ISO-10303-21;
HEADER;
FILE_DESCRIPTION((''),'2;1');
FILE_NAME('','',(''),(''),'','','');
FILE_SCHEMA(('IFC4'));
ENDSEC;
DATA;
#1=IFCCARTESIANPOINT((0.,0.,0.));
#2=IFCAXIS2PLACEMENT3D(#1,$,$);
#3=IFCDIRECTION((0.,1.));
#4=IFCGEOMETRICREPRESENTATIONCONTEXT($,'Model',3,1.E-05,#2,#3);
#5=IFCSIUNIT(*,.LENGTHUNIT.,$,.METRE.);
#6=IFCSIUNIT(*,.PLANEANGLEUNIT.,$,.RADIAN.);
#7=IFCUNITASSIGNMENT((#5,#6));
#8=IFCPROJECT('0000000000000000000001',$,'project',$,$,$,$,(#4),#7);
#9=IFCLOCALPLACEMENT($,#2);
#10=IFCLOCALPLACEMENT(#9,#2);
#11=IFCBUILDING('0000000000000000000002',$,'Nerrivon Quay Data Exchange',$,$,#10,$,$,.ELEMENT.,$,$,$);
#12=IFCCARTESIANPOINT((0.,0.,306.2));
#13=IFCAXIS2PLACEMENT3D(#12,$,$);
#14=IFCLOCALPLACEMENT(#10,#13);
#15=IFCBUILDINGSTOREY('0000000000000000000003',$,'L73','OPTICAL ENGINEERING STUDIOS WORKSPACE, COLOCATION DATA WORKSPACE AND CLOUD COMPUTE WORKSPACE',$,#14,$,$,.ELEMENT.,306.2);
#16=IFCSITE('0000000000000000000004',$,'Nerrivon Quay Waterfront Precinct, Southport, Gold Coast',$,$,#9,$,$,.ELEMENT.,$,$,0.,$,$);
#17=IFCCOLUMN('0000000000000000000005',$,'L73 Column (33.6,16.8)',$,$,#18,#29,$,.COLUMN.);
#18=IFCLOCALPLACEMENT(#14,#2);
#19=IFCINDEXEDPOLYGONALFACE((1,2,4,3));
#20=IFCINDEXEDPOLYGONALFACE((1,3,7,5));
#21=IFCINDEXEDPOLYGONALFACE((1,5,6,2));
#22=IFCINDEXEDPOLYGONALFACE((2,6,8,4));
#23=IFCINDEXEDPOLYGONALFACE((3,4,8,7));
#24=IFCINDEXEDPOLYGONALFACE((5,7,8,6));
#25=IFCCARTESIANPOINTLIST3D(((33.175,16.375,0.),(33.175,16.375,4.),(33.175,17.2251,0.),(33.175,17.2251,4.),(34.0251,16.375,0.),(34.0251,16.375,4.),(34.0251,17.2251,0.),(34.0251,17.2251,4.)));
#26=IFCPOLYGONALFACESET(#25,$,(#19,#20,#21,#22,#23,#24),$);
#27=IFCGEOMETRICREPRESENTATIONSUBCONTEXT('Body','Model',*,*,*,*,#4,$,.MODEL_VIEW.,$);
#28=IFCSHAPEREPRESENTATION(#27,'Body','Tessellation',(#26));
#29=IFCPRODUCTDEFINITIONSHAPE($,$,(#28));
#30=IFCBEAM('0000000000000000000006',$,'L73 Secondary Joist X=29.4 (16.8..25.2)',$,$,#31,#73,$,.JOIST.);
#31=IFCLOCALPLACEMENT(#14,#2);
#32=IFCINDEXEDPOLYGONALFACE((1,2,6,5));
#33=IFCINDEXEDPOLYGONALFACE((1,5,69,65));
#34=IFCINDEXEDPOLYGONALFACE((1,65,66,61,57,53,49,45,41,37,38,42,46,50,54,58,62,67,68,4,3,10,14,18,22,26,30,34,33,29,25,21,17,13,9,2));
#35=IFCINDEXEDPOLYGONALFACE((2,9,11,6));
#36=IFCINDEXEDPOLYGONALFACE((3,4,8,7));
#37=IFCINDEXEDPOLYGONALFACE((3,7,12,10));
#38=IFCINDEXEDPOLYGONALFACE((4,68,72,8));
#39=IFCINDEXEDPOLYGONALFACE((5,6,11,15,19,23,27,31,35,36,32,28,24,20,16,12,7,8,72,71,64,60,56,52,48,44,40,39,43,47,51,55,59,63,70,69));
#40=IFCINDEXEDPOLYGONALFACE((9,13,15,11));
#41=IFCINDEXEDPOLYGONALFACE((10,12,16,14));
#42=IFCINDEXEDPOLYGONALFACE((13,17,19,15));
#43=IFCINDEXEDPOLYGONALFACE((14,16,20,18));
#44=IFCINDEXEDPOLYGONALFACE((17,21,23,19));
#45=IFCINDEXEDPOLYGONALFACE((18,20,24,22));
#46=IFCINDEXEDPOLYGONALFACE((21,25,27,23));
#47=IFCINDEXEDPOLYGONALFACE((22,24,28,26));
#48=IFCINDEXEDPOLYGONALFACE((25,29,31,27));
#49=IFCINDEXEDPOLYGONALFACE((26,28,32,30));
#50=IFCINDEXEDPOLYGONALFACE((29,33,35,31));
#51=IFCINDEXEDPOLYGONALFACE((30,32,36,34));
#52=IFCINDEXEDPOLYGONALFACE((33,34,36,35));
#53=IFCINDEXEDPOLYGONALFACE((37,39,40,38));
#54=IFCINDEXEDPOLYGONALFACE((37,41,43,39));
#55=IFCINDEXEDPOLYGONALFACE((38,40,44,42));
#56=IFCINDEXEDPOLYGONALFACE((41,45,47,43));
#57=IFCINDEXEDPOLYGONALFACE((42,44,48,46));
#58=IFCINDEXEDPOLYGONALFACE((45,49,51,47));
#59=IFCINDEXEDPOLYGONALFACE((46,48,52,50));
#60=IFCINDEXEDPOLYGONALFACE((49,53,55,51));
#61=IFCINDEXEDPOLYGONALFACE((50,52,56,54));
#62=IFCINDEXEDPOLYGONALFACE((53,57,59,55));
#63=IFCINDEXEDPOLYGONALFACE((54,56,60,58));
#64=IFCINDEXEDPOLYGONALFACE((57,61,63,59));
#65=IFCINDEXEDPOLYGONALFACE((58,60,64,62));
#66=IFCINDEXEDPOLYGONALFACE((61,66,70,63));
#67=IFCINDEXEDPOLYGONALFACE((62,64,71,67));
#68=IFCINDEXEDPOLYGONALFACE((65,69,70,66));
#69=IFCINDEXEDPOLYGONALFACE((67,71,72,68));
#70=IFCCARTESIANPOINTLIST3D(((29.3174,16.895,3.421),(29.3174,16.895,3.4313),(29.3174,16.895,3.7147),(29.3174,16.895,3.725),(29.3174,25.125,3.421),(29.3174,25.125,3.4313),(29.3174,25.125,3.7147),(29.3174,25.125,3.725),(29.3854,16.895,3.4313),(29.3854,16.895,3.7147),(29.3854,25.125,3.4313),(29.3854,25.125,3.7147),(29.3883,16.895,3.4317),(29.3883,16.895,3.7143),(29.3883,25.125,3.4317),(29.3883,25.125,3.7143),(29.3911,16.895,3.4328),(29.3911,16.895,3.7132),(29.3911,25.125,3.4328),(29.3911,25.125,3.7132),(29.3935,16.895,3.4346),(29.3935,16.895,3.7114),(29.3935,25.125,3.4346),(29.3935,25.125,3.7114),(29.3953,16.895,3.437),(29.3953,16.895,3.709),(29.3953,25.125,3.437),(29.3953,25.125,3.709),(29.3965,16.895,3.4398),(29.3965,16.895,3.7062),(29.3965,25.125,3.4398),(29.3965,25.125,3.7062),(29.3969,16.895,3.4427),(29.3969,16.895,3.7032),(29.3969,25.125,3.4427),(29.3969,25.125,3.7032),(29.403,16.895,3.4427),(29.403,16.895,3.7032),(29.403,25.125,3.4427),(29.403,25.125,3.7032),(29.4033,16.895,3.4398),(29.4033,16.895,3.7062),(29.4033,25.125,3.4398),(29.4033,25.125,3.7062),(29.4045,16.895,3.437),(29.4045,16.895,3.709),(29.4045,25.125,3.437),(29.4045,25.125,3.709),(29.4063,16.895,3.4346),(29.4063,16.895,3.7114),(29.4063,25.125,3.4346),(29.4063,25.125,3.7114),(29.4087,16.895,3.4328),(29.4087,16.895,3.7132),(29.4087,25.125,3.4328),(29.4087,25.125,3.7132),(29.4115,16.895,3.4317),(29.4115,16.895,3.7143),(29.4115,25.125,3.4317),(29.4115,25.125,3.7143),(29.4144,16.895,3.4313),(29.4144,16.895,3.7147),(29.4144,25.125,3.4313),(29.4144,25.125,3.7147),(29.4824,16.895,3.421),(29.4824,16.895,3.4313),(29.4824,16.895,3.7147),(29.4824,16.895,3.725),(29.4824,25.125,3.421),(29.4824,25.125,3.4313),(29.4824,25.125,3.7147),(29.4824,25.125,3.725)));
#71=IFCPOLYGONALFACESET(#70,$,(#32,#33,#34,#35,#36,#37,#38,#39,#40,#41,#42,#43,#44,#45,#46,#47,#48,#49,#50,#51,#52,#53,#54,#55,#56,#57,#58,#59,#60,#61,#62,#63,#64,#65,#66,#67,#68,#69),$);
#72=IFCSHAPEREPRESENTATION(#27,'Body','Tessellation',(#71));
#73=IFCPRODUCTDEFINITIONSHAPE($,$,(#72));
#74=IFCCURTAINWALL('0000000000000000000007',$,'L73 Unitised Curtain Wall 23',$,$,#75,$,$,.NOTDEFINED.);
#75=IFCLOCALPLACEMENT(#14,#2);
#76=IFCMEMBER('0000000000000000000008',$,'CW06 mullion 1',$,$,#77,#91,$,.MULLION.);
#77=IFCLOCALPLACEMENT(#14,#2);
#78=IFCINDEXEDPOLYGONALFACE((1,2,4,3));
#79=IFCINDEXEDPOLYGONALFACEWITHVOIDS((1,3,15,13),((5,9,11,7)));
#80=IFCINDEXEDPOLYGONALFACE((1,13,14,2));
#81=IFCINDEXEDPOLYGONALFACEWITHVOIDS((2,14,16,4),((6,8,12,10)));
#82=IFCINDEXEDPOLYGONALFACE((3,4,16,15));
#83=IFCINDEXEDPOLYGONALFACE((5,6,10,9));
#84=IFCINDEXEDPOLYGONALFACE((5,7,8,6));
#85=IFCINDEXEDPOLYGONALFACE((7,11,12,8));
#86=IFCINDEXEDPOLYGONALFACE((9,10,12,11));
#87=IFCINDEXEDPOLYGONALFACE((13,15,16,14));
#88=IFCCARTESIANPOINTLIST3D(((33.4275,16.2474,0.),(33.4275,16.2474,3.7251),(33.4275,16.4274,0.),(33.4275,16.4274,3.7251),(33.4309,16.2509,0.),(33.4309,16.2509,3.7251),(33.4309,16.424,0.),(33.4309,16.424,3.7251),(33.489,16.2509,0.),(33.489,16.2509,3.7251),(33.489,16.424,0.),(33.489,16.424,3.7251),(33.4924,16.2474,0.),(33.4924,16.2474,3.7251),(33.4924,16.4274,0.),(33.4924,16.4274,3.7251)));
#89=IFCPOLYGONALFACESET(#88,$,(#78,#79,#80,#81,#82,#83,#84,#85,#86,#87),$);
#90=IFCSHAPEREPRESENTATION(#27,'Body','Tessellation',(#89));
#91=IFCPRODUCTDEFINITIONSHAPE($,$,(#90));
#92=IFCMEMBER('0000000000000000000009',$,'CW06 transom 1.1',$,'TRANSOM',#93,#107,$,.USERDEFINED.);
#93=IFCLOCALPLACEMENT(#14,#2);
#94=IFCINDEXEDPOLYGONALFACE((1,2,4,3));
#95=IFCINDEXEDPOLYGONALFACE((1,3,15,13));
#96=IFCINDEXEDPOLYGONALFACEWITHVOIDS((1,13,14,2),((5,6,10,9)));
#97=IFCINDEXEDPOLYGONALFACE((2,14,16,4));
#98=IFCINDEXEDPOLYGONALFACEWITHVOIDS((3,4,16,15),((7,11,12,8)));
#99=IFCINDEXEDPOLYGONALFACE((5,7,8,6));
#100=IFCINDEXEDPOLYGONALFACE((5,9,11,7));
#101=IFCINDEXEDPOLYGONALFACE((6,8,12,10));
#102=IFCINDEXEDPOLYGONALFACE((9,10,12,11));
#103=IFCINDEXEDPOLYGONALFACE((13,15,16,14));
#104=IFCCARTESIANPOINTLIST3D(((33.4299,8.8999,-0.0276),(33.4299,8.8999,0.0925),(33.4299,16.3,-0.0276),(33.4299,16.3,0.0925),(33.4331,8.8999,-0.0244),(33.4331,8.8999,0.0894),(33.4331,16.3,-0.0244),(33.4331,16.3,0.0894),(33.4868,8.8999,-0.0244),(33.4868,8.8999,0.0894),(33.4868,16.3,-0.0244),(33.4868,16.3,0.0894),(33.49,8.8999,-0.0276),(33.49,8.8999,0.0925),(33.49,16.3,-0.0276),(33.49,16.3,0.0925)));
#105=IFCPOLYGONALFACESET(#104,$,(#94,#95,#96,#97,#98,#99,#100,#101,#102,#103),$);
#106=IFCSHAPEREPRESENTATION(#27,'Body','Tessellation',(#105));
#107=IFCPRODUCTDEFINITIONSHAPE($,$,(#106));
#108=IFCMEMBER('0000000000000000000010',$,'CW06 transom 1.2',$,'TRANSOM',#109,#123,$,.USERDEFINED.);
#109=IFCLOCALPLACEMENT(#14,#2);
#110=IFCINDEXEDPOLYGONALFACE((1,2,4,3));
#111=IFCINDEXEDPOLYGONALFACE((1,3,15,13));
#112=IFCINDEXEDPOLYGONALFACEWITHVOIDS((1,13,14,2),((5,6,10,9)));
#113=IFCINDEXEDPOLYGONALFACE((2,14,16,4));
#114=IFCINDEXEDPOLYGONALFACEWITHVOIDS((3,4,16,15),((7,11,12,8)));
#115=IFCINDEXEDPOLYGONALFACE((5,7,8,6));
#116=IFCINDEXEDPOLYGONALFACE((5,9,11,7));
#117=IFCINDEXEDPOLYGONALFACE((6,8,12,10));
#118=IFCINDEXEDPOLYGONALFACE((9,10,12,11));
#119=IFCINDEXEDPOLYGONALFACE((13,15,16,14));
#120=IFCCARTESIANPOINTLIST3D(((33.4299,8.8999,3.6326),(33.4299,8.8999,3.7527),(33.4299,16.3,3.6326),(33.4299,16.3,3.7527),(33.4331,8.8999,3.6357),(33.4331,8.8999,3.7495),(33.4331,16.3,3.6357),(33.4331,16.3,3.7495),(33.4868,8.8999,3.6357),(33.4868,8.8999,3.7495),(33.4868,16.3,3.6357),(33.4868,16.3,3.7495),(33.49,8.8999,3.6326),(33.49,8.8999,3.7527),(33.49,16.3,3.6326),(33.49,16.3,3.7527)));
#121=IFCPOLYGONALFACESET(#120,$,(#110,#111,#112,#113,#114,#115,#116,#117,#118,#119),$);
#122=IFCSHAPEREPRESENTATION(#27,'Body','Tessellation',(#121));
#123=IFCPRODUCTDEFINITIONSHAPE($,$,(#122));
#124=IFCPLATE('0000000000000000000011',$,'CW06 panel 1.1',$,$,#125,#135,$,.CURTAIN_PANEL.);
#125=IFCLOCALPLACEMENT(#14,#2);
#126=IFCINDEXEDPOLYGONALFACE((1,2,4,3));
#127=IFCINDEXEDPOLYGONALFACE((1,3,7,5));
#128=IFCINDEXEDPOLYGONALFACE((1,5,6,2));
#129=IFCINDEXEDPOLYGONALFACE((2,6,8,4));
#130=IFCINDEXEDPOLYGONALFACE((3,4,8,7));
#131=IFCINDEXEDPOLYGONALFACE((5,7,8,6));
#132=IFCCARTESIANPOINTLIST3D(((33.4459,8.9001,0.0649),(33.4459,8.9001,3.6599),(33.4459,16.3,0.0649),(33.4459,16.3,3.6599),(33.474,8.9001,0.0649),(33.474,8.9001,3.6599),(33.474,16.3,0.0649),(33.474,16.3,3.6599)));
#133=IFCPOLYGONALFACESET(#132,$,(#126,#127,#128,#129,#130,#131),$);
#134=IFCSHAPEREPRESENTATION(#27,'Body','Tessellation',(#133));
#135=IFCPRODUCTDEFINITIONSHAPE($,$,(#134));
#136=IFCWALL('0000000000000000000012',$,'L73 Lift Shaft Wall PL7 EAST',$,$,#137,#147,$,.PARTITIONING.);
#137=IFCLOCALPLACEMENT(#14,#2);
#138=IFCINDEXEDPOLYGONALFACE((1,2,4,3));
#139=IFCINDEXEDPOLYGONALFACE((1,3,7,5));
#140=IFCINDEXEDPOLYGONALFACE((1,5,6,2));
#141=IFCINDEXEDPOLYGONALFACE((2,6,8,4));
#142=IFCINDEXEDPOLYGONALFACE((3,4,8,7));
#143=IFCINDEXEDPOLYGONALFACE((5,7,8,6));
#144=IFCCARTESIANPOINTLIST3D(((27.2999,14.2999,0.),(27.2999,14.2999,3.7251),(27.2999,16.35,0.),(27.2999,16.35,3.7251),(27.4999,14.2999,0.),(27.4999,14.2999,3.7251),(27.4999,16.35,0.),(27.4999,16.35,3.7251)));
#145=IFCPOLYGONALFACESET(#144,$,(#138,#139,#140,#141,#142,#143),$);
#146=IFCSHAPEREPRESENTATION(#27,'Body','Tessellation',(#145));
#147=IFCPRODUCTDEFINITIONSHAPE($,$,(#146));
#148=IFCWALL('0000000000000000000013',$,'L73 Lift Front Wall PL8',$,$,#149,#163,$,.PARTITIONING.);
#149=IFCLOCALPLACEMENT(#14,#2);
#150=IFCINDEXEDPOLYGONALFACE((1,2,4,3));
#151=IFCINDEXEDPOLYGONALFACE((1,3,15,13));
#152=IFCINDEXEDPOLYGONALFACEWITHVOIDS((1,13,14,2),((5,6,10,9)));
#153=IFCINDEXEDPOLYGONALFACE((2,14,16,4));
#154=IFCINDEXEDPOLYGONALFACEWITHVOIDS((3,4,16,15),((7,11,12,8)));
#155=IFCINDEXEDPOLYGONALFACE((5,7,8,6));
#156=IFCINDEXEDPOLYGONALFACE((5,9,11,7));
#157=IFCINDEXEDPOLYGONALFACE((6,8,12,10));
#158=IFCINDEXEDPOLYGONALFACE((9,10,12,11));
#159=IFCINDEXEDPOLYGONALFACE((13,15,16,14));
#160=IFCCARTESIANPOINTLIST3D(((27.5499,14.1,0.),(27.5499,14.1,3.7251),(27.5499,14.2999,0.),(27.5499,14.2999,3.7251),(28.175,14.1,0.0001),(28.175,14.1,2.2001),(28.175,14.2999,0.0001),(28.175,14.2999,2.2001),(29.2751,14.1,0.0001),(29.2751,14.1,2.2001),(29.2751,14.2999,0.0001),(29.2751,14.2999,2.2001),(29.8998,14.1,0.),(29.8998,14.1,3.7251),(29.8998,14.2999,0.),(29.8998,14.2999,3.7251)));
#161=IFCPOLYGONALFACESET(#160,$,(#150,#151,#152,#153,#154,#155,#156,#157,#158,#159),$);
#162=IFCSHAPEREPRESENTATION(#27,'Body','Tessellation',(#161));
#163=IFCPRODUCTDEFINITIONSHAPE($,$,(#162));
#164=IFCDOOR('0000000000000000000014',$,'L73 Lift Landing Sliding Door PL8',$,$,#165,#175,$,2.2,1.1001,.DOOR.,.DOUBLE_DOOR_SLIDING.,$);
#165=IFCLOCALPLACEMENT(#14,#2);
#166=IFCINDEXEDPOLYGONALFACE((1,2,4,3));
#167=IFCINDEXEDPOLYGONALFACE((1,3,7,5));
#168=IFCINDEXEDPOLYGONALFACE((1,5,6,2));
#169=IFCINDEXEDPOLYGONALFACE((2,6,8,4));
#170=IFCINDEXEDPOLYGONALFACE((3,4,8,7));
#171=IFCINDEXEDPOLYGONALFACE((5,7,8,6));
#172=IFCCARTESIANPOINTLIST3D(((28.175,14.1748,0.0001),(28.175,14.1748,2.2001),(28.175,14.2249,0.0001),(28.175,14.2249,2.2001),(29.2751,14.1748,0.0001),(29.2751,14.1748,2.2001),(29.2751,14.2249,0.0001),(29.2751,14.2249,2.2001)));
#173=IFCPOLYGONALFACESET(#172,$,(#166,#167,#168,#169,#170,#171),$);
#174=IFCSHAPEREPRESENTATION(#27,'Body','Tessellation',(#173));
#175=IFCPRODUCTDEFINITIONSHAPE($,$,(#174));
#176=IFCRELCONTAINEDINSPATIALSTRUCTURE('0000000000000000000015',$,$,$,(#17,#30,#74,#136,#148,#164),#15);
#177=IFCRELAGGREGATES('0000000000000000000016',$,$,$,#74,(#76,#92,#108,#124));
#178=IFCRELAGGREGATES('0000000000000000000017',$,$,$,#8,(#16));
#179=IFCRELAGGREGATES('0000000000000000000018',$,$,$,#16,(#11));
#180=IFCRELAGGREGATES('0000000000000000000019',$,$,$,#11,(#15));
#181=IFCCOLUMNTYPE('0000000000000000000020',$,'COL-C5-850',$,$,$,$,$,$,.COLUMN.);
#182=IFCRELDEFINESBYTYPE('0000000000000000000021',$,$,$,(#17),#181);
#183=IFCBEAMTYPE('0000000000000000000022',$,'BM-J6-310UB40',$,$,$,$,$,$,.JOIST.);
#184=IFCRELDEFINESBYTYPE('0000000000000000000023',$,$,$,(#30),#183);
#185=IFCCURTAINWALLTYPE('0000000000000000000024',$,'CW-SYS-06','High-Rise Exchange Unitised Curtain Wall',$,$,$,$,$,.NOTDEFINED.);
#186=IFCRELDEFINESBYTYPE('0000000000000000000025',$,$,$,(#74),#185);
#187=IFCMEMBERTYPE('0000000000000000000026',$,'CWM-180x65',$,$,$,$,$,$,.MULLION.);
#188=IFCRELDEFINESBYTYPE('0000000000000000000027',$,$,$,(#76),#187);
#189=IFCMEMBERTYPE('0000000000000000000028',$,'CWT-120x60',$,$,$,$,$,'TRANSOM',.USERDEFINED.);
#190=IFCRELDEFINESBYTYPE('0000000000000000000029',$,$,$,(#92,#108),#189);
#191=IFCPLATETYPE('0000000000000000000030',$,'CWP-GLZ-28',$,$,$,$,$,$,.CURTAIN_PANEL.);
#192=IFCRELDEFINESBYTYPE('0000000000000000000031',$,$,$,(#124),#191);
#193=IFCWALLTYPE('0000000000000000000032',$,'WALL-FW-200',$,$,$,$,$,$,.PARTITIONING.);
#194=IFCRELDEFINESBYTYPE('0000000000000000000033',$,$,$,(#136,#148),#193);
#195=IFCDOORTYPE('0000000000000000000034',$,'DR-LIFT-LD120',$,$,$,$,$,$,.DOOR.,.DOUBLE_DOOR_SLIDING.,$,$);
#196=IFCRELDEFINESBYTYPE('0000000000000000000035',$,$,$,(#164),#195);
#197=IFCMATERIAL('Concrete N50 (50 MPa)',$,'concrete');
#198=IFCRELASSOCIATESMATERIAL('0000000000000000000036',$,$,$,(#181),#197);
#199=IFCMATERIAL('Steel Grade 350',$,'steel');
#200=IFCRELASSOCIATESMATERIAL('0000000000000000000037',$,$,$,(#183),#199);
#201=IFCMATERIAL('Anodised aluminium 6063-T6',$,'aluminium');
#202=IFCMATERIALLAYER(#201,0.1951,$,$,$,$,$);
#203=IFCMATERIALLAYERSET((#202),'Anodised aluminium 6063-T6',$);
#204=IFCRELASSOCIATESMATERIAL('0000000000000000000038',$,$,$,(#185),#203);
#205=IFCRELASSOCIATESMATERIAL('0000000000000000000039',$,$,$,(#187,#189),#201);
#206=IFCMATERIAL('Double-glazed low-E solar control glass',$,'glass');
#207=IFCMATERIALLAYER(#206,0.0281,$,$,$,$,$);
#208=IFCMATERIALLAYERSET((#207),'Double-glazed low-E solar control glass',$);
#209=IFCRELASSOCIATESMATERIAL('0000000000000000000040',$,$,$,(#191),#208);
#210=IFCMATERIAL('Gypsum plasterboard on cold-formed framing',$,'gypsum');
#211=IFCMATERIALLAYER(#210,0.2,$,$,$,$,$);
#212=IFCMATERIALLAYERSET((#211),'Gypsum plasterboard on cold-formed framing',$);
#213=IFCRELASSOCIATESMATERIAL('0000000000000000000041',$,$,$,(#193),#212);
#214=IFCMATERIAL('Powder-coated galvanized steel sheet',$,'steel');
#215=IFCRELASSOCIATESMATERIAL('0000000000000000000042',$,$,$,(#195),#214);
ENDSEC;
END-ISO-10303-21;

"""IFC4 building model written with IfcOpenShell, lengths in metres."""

from ifc_helpers import new_model, si_unit, direction, frame, frame_2d, origin, origin_2d, place, context, subcontext, project, spatial, rectangle, hollow_rectangle, i_section, extrude, material, layer, layer_set, material_profile, profile_set, type_object, element, fill, aggregate, save


model = new_model("IFC4")

# Units and contexts
model_context = context("Model", 3, precision=1e-05, world=origin(), true_north=direction((0.0, 1.0)))
body_context = subcontext(model_context, "Body", "Model", "MODEL_VIEW")
ifc_project = project(units=[si_unit("LENGTHUNIT", "METRE"), si_unit("PLANEANGLEUNIT", "RADIAN")], contexts=[model_context])

# Site, building, storey
site_placement = place(None, origin())
site = spatial("IfcSite", under=ifc_project, at=site_placement, Name="Nerrivon Quay Waterfront Precinct, Southport, Gold Coast", CompositionType="ELEMENT", RefElevation=0.0)
building_placement = place(site_placement, origin())
building = spatial("IfcBuilding", under=site, at=building_placement, Name="Nerrivon Quay Data Exchange", CompositionType="ELEMENT")
storey_placement = place(building_placement, frame((0.0, 0.0, 306.2)))
storey = spatial("IfcBuildingStorey", under=building, at=storey_placement, Name="L73", Description="OPTICAL ENGINEERING STUDIOS WORKSPACE, COLOCATION DATA WORKSPACE AND CLOUD COMPUTE WORKSPACE", CompositionType="ELEMENT", Elevation=306.2)

# Column
ifc_material_1 = material(Name="Concrete N50 (50 MPa)", Category="concrete")
ifc_material_profile_1 = material_profile(ifc_material_1, rectangle(XDim=0.8501, YDim=0.8501, at=origin_2d()), Name="RC-COL-850x850")
ifc_profile_set_1 = profile_set([ifc_material_profile_1], Name="Concrete N50 (50 MPa)")
column_type = type_object("IfcColumnType", Name="COL-C5-850", PredefinedType="COLUMN", material=ifc_profile_set_1)
column_placement = place(storey_placement, frame((33.6001, 16.8, 0.0), z_axis=(0.0, 0.0, 1.0), x_axis=(1.0, 0.0, 0.0)))
element("IfcColumn", 1, at=column_placement, inside=storey, type_object=column_type, Name="L73 Column (33.6,16.8)", PredefinedType="COLUMN", context=body_context, shape_type="SweptSolid", body=[
    extrude(rectangle(XDim=0.8501, YDim=0.8501, at=origin_2d()), origin(), (0.0, 0.0, 1.0), 4.0),
])

# Beam
ifc_material_2 = material(Name="Steel Grade 350", Category="steel")
ifc_material_profile_2 = material_profile(ifc_material_2, i_section(OverallWidth=0.165, OverallDepth=0.304, WebThickness=0.0061, FlangeThickness=0.0103, FilletRadius=0.0115, at=origin_2d()), Name="310UB40.4")
ifc_profile_set_2 = profile_set([ifc_material_profile_2], Name="Steel Grade 350")
beam_type = type_object("IfcBeamType", Name="BM-J6-310UB40", PredefinedType="JOIST", material=ifc_profile_set_2)
beam_placement = place(storey_placement, frame((29.3999, 16.895, 3.573), z_axis=(0.0, 1.0, 0.0), x_axis=(-1.0, 0.0, 0.0)))
element("IfcBeam", 2, at=beam_placement, inside=storey, type_object=beam_type, Name="L73 Secondary Joist X=29.4 (16.8..25.2)", PredefinedType="JOIST", context=body_context, shape_type="SweptSolid", body=[
    extrude(i_section(OverallWidth=0.165, OverallDepth=0.304, WebThickness=0.0061, FlangeThickness=0.0103, FilletRadius=0.0115, at=origin_2d()), origin(), (0.0, 0.0, 1.0), 8.23),
])

# Curtain wall, members, plate
ifc_material_3 = material(Name="Anodised aluminium 6063-T6", Category="aluminium")
ifc_layer_1 = layer(ifc_material_3, 0.1951)
ifc_layer_set_1 = layer_set([ifc_layer_1], Name="Anodised aluminium 6063-T6")
curtain_wall_type = type_object("IfcCurtainWallType", Name="CW-SYS-06", Description="High-Rise Exchange Unitised Curtain Wall", PredefinedType="NOTDEFINED", material=ifc_layer_set_1)
curtain_wall_placement = place(storey_placement, origin())
curtain_wall = element("IfcCurtainWall", 3, at=curtain_wall_placement, inside=storey, type_object=curtain_wall_type, Name="L73 Unitised Curtain Wall 23", PredefinedType="NOTDEFINED")
ifc_material_profile_3 = material_profile(ifc_material_3, hollow_rectangle(XDim=0.0649, YDim=0.1799, WallThickness=0.0034, at=origin_2d()), Name="ALU-MULL-180x65")
ifc_profile_set_3 = profile_set([ifc_material_profile_3], Name="Anodised aluminium 6063-T6")
member_type_1 = type_object("IfcMemberType", Name="CWM-180x65", PredefinedType="MULLION", material=ifc_profile_set_3)
member_1_placement = place(storey_placement, frame((33.46, 16.3374, 0.0), z_axis=(0.0, 0.0, 1.0), x_axis=(1.0, 0.0, 0.0)))
member_1 = element("IfcMember", 4, at=member_1_placement, type_object=member_type_1, Name="CW06 mullion 1", PredefinedType="MULLION", context=body_context, shape_type="SweptSolid", body=[
    extrude(hollow_rectangle(XDim=0.0649, YDim=0.1799, WallThickness=0.0034, at=origin_2d()), origin(), (0.0, 0.0, 1.0), 3.7251),
])
ifc_material_profile_4 = material_profile(ifc_material_3, hollow_rectangle(XDim=0.0601, YDim=0.1201, WallThickness=0.0032, at=origin_2d()), Name="ALU-TRAN-120x60")
ifc_profile_set_4 = profile_set([ifc_material_profile_4], Name="Anodised aluminium 6063-T6")
member_type_2 = type_object("IfcMemberType", Name="CWT-120x60", ElementType="TRANSOM", PredefinedType="USERDEFINED", material=ifc_profile_set_4)
member_2_placement = place(storey_placement, frame((33.46, 16.3, 0.0325), z_axis=(0.0, -1.0, 0.0), x_axis=(1.0, 0.0, 0.0)))
member_2 = element("IfcMember", 5, at=member_2_placement, type_object=member_type_2, Name="CW06 transom 1.1", ObjectType="TRANSOM", PredefinedType="USERDEFINED", context=body_context, shape_type="SweptSolid", body=[
    extrude(hollow_rectangle(XDim=0.0601, YDim=0.1201, WallThickness=0.0032, at=origin_2d()), origin(), (0.0, 0.0, 1.0), 7.4001),
])
member_3_placement = place(storey_placement, frame((33.46, 16.3, 3.6926), z_axis=(0.0, -1.0, 0.0), x_axis=(1.0, 0.0, 0.0)))
member_3 = element("IfcMember", 6, at=member_3_placement, type_object=member_type_2, Name="CW06 transom 1.2", ObjectType="TRANSOM", PredefinedType="USERDEFINED", context=body_context, shape_type="SweptSolid", body=[
    extrude(hollow_rectangle(XDim=0.0601, YDim=0.1201, WallThickness=0.0032, at=origin_2d()), origin(), (0.0, 0.0, 1.0), 7.4001),
])
ifc_material_4 = material(Name="Double-glazed low-E solar control glass", Category="glass")
ifc_layer_2 = layer(ifc_material_4, 0.0281)
ifc_layer_set_2 = layer_set([ifc_layer_2], Name="Double-glazed low-E solar control glass")
plate_type = type_object("IfcPlateType", Name="CWP-GLZ-28", PredefinedType="CURTAIN_PANEL", material=ifc_layer_set_2)
plate_placement = place(storey_placement, frame((33.46, 12.6001, 0.0649), z_axis=(0.0, 0.0, 1.0), x_axis=(0.0, -1.0, 0.0)))
plate = element("IfcPlate", 7, at=plate_placement, type_object=plate_type, Name="CW06 panel 1.1", PredefinedType="CURTAIN_PANEL", context=body_context, shape_type="SweptSolid", body=[
    extrude(rectangle(XDim=7.3999, YDim=0.0281, at=origin_2d()), origin(), (0.0, 0.0, 1.0), 3.595),
])
aggregate(curtain_wall, [member_1, member_2, member_3, plate])

# Wall
ifc_material_5 = material(Name="Gypsum plasterboard on cold-formed framing", Category="gypsum")
ifc_layer_3 = layer(ifc_material_5, 0.2)
ifc_layer_set_3 = layer_set([ifc_layer_3], Name="Gypsum plasterboard on cold-formed framing")
wall_type_1 = type_object("IfcWallType", Name="WALL-FW-200", PredefinedType="PARTITIONING", material=ifc_layer_set_3)
wall_1_placement = place(storey_placement, frame((27.3999, 14.3, 0.0), z_axis=(0.0, 0.0, 1.0), x_axis=(0.0, 1.0, 0.0)))
element("IfcWall", 8, at=wall_1_placement, inside=storey, type_object=wall_type_1, Name="L73 Lift Shaft Wall PL7 EAST", PredefinedType="PARTITIONING", context=body_context, shape_type="SweptSolid", body=[
    extrude(rectangle(XDim=2.05, YDim=0.2, at=frame_2d((1.0249, 0.0))), origin(), (0.0, 0.0, 1.0), 3.7251),
])

# Wall, opening, door
wall_2_placement = place(storey_placement, frame((27.55, 14.2, 0.0), z_axis=(0.0, 0.0, 1.0), x_axis=(1.0, 0.0, 0.0)))
wall_2 = element("IfcWall", 9, at=wall_2_placement, inside=storey, type_object=wall_type_1, Name="L73 Lift Front Wall PL8", PredefinedType="PARTITIONING", context=body_context, shape_type="SweptSolid", body=[
    extrude(rectangle(XDim=2.3499, YDim=0.2, at=frame_2d((1.1748, 0.0))), origin(), (0.0, 0.0, 1.0), 3.7251),
])
opening_1_placement = place(wall_2_placement, frame((0.625, 0.0, 0.0)))
opening_1 = element("IfcOpeningElement", 10, at=opening_1_placement, cuts=wall_2, PredefinedType="OPENING", context=body_context, shape_type="SweptSolid", body=[
    extrude(rectangle(XDim=1.1001, YDim=2.2, at=frame_2d((0.55, 1.1001))), frame((0.0, 0.1099, 0.0), z_axis=(0.0, -1.0, 0.0), x_axis=(1.0, 0.0, 0.0)), (0.0, 0.0, 1.0), 0.22),
])
ifc_material_6 = material(Name="Powder-coated galvanized steel sheet", Category="steel")
door_type_1 = type_object("IfcDoorType", Name="DR-LIFT-LD120", OperationType="DOUBLE_DOOR_SLIDING", PredefinedType="DOOR", material=ifc_material_6)
door_1_placement = place(opening_1_placement, origin())
door_1 = element("IfcDoor", 11, at=door_1_placement, inside=storey, type_object=door_type_1, Name="L73 Lift Landing Sliding Door PL8", OperationType="DOUBLE_DOOR_SLIDING", OverallHeight=2.2, OverallWidth=1.1001, PredefinedType="DOOR", context=body_context, shape_type="SweptSolid", body=[
    extrude(rectangle(XDim=1.1001, YDim=2.2, at=frame_2d((0.55, 1.1001))), frame((0.0, 0.0249, 0.0), z_axis=(0.0, -1.0, 0.0), x_axis=(1.0, 0.0, 0.0)), (0.0, 0.0, 1.0), 0.05),
])
fill(opening_1, door_1)

save(model, "model.ifc")
